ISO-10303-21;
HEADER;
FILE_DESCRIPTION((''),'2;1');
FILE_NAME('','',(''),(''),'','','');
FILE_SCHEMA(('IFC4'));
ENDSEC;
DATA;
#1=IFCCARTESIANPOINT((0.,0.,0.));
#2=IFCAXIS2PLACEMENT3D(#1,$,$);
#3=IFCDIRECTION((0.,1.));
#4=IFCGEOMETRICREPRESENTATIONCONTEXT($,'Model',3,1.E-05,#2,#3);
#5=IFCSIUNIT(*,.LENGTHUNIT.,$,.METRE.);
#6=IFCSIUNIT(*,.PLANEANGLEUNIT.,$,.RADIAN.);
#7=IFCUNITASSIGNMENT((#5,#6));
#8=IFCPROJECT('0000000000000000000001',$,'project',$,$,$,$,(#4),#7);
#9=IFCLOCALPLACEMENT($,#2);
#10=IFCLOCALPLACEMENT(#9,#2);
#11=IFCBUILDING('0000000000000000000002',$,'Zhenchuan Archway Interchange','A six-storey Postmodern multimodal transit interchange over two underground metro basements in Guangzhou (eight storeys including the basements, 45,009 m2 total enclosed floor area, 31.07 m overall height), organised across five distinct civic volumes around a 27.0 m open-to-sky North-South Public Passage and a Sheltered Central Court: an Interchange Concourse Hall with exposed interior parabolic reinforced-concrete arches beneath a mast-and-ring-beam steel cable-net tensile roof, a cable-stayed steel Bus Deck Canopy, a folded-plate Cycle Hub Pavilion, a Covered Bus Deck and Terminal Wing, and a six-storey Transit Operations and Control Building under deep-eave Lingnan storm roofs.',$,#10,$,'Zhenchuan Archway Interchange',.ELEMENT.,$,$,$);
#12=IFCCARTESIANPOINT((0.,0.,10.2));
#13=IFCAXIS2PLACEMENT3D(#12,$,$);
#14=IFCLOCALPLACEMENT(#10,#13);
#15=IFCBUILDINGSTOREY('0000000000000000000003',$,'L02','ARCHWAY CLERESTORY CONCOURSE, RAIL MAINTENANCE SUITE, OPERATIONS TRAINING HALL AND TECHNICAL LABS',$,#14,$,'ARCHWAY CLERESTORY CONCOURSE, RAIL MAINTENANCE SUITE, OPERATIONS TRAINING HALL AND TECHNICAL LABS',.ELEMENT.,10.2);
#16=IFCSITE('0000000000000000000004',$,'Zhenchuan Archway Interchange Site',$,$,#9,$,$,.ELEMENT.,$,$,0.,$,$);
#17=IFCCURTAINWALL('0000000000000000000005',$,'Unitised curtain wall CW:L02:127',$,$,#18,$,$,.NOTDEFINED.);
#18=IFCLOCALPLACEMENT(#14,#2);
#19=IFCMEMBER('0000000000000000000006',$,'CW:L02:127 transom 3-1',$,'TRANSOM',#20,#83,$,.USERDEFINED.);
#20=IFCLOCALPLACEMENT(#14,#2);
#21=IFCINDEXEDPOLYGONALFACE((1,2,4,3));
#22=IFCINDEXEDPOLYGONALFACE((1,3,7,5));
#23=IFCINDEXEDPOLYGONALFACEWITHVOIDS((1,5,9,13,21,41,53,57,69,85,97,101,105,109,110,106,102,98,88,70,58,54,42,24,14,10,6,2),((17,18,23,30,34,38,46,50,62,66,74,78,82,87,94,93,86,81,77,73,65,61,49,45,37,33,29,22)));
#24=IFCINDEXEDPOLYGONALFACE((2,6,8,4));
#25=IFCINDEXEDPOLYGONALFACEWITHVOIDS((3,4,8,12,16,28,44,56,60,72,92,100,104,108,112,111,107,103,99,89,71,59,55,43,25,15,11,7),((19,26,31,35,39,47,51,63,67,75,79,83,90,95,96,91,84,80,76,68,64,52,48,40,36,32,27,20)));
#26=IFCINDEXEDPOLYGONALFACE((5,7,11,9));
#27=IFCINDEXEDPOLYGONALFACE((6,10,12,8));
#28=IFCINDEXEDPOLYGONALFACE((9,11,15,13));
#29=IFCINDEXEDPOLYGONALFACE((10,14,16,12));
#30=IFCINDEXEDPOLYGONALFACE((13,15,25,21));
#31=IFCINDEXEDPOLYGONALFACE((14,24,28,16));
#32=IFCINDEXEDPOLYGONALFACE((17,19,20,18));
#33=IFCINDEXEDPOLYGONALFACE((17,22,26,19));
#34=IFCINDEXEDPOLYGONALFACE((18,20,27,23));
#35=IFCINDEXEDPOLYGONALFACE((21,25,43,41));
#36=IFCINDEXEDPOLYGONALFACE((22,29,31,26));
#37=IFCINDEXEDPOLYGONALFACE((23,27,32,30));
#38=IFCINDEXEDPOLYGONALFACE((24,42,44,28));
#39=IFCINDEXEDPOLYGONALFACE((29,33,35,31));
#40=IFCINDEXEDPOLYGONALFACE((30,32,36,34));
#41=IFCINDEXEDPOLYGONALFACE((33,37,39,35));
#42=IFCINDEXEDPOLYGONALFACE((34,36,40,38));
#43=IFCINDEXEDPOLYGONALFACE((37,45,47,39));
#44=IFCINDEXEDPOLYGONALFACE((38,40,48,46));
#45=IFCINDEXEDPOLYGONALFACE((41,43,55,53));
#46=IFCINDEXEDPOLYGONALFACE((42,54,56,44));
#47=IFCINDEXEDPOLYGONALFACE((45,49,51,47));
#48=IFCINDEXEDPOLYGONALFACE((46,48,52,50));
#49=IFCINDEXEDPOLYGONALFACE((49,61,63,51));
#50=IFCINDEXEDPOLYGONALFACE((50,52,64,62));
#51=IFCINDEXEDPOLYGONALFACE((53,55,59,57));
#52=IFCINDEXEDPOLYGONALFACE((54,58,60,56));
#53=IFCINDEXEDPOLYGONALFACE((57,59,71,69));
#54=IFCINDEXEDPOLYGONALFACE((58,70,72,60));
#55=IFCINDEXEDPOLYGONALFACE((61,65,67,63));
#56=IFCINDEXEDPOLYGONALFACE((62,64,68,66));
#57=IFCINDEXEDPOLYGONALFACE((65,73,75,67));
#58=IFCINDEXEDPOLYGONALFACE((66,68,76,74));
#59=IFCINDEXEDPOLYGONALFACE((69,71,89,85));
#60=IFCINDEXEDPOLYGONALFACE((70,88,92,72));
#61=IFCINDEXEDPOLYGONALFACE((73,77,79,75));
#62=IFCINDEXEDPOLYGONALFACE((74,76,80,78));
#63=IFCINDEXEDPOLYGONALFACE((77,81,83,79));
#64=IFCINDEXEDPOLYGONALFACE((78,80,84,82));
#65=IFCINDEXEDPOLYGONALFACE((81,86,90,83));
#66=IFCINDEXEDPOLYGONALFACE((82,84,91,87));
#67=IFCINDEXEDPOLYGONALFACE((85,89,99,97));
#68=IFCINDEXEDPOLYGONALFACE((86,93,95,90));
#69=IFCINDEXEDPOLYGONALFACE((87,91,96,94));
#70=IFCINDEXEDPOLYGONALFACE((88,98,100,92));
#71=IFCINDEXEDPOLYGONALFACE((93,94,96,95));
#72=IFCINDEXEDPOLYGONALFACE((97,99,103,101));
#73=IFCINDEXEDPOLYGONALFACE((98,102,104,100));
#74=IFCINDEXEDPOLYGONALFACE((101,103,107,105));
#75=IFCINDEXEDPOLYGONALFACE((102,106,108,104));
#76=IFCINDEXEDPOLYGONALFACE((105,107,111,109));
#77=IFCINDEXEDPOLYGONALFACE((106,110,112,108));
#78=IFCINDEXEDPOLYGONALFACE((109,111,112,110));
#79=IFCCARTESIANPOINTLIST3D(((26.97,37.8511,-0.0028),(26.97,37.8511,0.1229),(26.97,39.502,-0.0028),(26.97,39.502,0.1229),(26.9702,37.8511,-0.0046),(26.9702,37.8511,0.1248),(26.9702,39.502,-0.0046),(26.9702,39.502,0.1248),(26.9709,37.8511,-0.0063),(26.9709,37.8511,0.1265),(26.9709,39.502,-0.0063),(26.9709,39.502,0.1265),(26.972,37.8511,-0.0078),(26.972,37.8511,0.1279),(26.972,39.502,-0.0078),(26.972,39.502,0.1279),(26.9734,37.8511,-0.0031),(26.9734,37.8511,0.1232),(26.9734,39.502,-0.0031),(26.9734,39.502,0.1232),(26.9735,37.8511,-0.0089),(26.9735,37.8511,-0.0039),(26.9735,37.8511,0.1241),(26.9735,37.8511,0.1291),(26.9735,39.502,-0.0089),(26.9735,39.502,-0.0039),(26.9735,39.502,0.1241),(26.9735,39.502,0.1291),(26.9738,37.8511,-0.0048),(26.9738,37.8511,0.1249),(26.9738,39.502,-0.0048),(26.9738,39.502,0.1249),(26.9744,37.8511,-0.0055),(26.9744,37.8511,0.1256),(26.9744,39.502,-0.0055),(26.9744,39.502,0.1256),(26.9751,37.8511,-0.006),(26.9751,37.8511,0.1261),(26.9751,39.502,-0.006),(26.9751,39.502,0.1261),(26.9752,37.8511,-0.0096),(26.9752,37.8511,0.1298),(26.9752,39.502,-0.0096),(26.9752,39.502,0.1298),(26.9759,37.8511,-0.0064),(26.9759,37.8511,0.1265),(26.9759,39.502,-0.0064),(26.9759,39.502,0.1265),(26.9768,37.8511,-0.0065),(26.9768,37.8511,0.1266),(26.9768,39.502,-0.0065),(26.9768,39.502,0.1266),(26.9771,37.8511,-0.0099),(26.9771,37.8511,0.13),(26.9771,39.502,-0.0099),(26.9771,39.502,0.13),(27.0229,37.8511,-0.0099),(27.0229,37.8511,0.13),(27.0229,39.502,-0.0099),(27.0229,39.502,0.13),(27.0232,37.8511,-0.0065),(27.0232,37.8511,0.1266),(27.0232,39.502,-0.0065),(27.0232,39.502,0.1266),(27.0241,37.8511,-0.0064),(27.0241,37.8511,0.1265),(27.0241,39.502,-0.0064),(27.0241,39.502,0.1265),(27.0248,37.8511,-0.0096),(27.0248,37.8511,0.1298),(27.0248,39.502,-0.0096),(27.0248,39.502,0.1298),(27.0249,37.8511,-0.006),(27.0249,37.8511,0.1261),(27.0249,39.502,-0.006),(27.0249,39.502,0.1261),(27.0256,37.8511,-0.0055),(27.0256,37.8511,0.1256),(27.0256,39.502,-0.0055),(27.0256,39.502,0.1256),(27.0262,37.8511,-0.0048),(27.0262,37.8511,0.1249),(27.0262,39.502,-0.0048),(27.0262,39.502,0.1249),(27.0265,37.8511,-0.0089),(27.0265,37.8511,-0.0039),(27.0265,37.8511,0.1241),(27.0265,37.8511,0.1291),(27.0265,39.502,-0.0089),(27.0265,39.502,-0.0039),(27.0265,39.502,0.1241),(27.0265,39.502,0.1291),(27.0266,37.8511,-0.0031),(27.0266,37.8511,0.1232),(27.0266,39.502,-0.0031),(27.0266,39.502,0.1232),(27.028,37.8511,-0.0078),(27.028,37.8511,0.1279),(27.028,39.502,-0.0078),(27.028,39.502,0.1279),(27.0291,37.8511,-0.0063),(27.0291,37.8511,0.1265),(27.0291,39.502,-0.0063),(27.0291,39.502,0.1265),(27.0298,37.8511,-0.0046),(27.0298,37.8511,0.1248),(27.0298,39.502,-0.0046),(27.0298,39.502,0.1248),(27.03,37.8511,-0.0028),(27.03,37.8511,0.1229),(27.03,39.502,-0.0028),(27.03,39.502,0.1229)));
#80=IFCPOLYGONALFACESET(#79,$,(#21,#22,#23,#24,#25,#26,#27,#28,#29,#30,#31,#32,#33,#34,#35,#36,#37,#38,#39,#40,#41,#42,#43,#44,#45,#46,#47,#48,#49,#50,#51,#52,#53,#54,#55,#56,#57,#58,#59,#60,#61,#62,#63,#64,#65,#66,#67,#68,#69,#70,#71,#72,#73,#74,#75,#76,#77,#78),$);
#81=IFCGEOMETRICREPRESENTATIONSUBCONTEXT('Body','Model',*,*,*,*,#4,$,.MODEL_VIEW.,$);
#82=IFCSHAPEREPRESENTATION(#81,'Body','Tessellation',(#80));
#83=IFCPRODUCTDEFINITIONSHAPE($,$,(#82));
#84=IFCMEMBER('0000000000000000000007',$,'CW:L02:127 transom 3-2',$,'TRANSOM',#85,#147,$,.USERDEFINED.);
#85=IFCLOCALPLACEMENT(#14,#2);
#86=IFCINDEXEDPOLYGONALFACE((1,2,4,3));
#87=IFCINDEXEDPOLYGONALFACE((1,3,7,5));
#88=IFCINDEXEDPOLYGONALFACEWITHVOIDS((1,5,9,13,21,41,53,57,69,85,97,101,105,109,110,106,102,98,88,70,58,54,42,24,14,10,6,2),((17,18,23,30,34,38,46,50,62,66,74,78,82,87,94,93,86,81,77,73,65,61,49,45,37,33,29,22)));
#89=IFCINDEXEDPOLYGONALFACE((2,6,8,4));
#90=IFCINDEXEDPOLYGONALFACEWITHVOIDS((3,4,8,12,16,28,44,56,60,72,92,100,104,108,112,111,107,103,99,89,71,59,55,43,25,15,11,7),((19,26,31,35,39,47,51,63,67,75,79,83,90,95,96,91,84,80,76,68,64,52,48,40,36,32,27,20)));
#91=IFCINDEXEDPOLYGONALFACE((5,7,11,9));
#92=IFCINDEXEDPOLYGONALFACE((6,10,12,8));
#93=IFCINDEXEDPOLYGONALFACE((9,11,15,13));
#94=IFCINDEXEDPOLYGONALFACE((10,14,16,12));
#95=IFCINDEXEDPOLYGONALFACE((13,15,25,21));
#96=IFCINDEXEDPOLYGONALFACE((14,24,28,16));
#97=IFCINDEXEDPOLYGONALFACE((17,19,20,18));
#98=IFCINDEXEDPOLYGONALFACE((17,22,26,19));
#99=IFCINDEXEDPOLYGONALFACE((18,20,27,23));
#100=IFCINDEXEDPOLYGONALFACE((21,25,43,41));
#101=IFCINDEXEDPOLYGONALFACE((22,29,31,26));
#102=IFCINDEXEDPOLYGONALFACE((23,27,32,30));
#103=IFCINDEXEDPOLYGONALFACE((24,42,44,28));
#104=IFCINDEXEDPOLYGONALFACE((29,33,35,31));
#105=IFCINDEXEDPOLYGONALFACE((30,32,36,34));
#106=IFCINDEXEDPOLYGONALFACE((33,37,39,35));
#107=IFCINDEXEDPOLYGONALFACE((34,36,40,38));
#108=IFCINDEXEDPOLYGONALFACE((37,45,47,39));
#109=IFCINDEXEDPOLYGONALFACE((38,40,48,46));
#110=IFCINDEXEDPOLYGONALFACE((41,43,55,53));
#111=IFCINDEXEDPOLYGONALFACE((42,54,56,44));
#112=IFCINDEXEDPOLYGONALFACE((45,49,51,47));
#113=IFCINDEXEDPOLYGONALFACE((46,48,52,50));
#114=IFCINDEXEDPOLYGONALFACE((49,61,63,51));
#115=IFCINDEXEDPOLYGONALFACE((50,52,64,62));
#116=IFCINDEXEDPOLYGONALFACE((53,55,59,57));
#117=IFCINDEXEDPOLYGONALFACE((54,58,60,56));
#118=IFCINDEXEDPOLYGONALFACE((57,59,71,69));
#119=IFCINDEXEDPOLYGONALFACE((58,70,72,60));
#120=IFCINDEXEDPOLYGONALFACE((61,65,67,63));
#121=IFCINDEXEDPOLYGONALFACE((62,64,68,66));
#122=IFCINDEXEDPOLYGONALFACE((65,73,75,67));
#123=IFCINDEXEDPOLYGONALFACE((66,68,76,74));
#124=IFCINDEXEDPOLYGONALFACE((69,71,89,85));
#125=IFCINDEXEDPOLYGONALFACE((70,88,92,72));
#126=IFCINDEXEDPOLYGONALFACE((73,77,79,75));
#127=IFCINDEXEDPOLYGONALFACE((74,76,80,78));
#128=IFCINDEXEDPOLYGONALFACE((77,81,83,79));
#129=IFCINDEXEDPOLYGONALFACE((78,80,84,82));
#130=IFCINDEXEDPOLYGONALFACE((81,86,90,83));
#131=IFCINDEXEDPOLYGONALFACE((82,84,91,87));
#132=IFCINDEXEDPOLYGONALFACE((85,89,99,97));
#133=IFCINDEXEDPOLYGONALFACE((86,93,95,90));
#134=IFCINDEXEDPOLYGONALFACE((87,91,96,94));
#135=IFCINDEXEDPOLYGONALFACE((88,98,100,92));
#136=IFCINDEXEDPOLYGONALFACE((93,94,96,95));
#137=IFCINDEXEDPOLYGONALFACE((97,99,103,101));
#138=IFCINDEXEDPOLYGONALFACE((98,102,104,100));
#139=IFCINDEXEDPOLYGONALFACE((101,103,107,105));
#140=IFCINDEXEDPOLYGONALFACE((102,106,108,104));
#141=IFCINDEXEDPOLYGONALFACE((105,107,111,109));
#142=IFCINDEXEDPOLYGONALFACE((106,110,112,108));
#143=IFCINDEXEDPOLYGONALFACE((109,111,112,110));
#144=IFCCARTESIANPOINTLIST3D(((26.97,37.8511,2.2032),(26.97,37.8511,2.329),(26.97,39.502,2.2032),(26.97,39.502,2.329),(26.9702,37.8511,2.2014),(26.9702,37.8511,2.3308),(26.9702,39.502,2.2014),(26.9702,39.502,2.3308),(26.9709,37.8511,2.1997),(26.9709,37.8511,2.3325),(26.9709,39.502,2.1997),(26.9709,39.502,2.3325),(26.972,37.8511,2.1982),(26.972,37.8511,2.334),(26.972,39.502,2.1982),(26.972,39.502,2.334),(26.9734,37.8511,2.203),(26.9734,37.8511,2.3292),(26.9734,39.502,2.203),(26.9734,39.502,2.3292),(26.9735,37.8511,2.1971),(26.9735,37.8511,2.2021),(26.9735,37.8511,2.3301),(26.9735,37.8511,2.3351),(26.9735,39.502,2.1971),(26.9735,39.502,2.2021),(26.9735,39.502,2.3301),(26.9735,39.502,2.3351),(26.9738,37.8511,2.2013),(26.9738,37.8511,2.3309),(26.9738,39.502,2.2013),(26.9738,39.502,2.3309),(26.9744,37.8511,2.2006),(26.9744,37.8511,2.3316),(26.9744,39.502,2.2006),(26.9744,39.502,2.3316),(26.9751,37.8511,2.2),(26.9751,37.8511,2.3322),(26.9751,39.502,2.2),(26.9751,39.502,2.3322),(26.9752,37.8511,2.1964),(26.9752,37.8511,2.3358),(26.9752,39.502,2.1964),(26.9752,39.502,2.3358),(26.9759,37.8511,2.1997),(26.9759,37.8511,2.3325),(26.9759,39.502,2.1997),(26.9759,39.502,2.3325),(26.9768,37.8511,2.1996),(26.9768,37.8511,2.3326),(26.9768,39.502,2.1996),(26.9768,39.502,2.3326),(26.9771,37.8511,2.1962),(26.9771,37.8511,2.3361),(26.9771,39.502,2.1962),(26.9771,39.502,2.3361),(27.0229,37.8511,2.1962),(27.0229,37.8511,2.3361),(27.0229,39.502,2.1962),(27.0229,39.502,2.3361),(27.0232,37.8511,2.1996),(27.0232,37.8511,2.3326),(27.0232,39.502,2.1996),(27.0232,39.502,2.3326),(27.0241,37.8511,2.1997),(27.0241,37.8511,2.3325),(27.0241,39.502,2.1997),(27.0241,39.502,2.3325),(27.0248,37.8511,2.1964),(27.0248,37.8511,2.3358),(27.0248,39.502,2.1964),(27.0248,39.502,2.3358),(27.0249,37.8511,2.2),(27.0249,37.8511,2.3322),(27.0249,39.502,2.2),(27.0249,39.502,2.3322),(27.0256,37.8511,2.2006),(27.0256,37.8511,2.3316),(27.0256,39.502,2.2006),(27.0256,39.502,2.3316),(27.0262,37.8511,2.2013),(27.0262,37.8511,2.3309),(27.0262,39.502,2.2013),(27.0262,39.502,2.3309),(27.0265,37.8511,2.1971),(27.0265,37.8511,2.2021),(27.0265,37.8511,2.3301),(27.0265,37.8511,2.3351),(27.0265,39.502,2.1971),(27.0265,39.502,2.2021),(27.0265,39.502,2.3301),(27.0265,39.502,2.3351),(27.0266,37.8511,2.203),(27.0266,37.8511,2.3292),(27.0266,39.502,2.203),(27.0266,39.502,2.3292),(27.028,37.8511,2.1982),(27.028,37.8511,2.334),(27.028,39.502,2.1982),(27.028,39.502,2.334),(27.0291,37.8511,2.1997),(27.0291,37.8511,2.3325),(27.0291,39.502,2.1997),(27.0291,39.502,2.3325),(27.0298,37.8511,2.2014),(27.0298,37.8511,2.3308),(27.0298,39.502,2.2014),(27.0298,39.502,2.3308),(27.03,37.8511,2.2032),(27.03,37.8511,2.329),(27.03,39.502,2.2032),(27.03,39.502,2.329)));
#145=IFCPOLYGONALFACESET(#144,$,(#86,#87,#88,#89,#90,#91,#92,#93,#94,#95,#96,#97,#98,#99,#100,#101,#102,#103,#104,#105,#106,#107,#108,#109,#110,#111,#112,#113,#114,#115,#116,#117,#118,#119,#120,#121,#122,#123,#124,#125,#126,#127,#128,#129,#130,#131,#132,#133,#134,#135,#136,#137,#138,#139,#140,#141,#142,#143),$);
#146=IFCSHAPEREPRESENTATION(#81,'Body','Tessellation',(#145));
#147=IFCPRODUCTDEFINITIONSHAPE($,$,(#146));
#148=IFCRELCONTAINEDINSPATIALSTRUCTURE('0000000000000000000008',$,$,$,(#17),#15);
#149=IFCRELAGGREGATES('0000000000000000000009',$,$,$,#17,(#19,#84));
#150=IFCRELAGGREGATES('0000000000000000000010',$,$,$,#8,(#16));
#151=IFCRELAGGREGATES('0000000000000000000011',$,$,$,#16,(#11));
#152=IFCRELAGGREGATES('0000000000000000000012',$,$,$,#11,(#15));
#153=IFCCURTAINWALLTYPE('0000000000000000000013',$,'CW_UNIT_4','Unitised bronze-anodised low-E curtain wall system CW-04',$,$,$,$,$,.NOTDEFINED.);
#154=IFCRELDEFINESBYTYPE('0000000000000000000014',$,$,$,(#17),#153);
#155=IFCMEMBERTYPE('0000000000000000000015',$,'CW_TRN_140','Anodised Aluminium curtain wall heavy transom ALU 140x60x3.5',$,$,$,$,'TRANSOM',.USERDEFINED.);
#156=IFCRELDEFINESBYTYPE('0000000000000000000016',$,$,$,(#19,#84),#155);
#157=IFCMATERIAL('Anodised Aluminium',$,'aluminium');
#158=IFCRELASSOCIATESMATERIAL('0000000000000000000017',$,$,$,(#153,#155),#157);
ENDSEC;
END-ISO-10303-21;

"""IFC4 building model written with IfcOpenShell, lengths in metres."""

from ifc_helpers import new_model, si_unit, direction, frame, origin, origin_2d, place, context, subcontext, project, spatial, hollow_rectangle, extrude, material, material_profile, profile_set, type_object, element, aggregate, save


model = new_model("IFC4")

# Units and contexts
model_context = context("Model", 3, precision=1e-05, world=origin(), true_north=direction((0.0, 1.0)))
body_context = subcontext(model_context, "Body", "Model", "MODEL_VIEW")
ifc_project = project(units=[si_unit("LENGTHUNIT", "METRE"), si_unit("PLANEANGLEUNIT", "RADIAN")], contexts=[model_context])

# Site, building, storey
site_placement = place(None, origin())
site = spatial("IfcSite", under=ifc_project, at=site_placement, Name="Zhenchuan Archway Interchange Site", CompositionType="ELEMENT", RefElevation=0.0)
building_placement = place(site_placement, origin())
building = spatial("IfcBuilding", under=site, at=building_placement, Name="Zhenchuan Archway Interchange", Description="A six-storey Postmodern multimodal transit interchange over two underground metro basements in Guangzhou (eight storeys including the basements, 45,009 m2 total enclosed floor area, 31.07 m overall height), organised across five distinct civic volumes around a 27.0 m open-to-sky North-South Public Passage and a Sheltered Central Court: an Interchange Concourse Hall with exposed interior parabolic reinforced-concrete arches beneath a mast-and-ring-beam steel cable-net tensile roof, a cable-stayed steel Bus Deck Canopy, a folded-plate Cycle Hub Pavilion, a Covered Bus Deck and Terminal Wing, and a six-storey Transit Operations and Control Building under deep-eave Lingnan storm roofs.", LongName="Zhenchuan Archway Interchange", CompositionType="ELEMENT")
storey_placement = place(building_placement, frame((0.0, 0.0, 10.2)))
storey = spatial("IfcBuildingStorey", under=building, at=storey_placement, Name="L02", Description="ARCHWAY CLERESTORY CONCOURSE, RAIL MAINTENANCE SUITE, OPERATIONS TRAINING HALL AND TECHNICAL LABS", LongName="ARCHWAY CLERESTORY CONCOURSE, RAIL MAINTENANCE SUITE, OPERATIONS TRAINING HALL AND TECHNICAL LABS", CompositionType="ELEMENT", Elevation=10.2)

# Curtain wall, members
ifc_material_1 = material(Name="Anodised Aluminium", Category="aluminium")
curtain_wall_type = type_object("IfcCurtainWallType", Name="CW_UNIT_4", Description="Unitised bronze-anodised low-E curtain wall system CW-04", PredefinedType="NOTDEFINED", material=ifc_material_1)
curtain_wall_placement = place(storey_placement, origin())
curtain_wall = element("IfcCurtainWall", 1, at=curtain_wall_placement, inside=storey, type_object=curtain_wall_type, Name="Unitised curtain wall CW:L02:127", PredefinedType="NOTDEFINED")
ifc_material_profile_1 = material_profile(ifc_material_1, hollow_rectangle(XDim=0.0601, YDim=0.1399, WallThickness=0.0034, InnerFilletRadius=0.0034, OuterFilletRadius=0.0071, at=origin_2d()), Name="ALU 140x60x3.5")
ifc_profile_set_1 = profile_set([ifc_material_profile_1], Name="Anodised Aluminium")
member_type_1 = type_object("IfcMemberType", Name="CW_TRN_140", Description="Anodised Aluminium curtain wall heavy transom ALU 140x60x3.5", ElementType="TRANSOM", PredefinedType="USERDEFINED", material=ifc_profile_set_1)
member_1_placement = place(storey_placement, frame((27.0, 37.8511, 0.0601), z_axis=(0.0, 1.0, 0.0), x_axis=(-1.0, 0.0, 0.0)))
member_1 = element("IfcMember", 2, at=member_1_placement, type_object=member_type_1, Name="CW:L02:127 transom 3-1", ObjectType="TRANSOM", PredefinedType="USERDEFINED", context=body_context, shape_type="SweptSolid", body=[
    extrude(hollow_rectangle(XDim=0.0601, YDim=0.1399, WallThickness=0.0034, InnerFilletRadius=0.0034, OuterFilletRadius=0.0071, at=origin_2d()), origin(), (0.0, 0.0, 1.0), 1.6509),
])
member_2_placement = place(storey_placement, frame((27.0, 37.8511, 2.2661), z_axis=(0.0, 1.0, 0.0), x_axis=(-1.0, 0.0, 0.0)))
member_2 = element("IfcMember", 3, at=member_2_placement, type_object=member_type_1, Name="CW:L02:127 transom 3-2", ObjectType="TRANSOM", PredefinedType="USERDEFINED", context=body_context, shape_type="SweptSolid", body=[
    extrude(hollow_rectangle(XDim=0.0601, YDim=0.1399, WallThickness=0.0034, InnerFilletRadius=0.0034, OuterFilletRadius=0.0071, at=origin_2d()), origin(), (0.0, 0.0, 1.0), 1.6509),
])

aggregate(curtain_wall, [member_1, member_2])

save(model, "model.ifc")
